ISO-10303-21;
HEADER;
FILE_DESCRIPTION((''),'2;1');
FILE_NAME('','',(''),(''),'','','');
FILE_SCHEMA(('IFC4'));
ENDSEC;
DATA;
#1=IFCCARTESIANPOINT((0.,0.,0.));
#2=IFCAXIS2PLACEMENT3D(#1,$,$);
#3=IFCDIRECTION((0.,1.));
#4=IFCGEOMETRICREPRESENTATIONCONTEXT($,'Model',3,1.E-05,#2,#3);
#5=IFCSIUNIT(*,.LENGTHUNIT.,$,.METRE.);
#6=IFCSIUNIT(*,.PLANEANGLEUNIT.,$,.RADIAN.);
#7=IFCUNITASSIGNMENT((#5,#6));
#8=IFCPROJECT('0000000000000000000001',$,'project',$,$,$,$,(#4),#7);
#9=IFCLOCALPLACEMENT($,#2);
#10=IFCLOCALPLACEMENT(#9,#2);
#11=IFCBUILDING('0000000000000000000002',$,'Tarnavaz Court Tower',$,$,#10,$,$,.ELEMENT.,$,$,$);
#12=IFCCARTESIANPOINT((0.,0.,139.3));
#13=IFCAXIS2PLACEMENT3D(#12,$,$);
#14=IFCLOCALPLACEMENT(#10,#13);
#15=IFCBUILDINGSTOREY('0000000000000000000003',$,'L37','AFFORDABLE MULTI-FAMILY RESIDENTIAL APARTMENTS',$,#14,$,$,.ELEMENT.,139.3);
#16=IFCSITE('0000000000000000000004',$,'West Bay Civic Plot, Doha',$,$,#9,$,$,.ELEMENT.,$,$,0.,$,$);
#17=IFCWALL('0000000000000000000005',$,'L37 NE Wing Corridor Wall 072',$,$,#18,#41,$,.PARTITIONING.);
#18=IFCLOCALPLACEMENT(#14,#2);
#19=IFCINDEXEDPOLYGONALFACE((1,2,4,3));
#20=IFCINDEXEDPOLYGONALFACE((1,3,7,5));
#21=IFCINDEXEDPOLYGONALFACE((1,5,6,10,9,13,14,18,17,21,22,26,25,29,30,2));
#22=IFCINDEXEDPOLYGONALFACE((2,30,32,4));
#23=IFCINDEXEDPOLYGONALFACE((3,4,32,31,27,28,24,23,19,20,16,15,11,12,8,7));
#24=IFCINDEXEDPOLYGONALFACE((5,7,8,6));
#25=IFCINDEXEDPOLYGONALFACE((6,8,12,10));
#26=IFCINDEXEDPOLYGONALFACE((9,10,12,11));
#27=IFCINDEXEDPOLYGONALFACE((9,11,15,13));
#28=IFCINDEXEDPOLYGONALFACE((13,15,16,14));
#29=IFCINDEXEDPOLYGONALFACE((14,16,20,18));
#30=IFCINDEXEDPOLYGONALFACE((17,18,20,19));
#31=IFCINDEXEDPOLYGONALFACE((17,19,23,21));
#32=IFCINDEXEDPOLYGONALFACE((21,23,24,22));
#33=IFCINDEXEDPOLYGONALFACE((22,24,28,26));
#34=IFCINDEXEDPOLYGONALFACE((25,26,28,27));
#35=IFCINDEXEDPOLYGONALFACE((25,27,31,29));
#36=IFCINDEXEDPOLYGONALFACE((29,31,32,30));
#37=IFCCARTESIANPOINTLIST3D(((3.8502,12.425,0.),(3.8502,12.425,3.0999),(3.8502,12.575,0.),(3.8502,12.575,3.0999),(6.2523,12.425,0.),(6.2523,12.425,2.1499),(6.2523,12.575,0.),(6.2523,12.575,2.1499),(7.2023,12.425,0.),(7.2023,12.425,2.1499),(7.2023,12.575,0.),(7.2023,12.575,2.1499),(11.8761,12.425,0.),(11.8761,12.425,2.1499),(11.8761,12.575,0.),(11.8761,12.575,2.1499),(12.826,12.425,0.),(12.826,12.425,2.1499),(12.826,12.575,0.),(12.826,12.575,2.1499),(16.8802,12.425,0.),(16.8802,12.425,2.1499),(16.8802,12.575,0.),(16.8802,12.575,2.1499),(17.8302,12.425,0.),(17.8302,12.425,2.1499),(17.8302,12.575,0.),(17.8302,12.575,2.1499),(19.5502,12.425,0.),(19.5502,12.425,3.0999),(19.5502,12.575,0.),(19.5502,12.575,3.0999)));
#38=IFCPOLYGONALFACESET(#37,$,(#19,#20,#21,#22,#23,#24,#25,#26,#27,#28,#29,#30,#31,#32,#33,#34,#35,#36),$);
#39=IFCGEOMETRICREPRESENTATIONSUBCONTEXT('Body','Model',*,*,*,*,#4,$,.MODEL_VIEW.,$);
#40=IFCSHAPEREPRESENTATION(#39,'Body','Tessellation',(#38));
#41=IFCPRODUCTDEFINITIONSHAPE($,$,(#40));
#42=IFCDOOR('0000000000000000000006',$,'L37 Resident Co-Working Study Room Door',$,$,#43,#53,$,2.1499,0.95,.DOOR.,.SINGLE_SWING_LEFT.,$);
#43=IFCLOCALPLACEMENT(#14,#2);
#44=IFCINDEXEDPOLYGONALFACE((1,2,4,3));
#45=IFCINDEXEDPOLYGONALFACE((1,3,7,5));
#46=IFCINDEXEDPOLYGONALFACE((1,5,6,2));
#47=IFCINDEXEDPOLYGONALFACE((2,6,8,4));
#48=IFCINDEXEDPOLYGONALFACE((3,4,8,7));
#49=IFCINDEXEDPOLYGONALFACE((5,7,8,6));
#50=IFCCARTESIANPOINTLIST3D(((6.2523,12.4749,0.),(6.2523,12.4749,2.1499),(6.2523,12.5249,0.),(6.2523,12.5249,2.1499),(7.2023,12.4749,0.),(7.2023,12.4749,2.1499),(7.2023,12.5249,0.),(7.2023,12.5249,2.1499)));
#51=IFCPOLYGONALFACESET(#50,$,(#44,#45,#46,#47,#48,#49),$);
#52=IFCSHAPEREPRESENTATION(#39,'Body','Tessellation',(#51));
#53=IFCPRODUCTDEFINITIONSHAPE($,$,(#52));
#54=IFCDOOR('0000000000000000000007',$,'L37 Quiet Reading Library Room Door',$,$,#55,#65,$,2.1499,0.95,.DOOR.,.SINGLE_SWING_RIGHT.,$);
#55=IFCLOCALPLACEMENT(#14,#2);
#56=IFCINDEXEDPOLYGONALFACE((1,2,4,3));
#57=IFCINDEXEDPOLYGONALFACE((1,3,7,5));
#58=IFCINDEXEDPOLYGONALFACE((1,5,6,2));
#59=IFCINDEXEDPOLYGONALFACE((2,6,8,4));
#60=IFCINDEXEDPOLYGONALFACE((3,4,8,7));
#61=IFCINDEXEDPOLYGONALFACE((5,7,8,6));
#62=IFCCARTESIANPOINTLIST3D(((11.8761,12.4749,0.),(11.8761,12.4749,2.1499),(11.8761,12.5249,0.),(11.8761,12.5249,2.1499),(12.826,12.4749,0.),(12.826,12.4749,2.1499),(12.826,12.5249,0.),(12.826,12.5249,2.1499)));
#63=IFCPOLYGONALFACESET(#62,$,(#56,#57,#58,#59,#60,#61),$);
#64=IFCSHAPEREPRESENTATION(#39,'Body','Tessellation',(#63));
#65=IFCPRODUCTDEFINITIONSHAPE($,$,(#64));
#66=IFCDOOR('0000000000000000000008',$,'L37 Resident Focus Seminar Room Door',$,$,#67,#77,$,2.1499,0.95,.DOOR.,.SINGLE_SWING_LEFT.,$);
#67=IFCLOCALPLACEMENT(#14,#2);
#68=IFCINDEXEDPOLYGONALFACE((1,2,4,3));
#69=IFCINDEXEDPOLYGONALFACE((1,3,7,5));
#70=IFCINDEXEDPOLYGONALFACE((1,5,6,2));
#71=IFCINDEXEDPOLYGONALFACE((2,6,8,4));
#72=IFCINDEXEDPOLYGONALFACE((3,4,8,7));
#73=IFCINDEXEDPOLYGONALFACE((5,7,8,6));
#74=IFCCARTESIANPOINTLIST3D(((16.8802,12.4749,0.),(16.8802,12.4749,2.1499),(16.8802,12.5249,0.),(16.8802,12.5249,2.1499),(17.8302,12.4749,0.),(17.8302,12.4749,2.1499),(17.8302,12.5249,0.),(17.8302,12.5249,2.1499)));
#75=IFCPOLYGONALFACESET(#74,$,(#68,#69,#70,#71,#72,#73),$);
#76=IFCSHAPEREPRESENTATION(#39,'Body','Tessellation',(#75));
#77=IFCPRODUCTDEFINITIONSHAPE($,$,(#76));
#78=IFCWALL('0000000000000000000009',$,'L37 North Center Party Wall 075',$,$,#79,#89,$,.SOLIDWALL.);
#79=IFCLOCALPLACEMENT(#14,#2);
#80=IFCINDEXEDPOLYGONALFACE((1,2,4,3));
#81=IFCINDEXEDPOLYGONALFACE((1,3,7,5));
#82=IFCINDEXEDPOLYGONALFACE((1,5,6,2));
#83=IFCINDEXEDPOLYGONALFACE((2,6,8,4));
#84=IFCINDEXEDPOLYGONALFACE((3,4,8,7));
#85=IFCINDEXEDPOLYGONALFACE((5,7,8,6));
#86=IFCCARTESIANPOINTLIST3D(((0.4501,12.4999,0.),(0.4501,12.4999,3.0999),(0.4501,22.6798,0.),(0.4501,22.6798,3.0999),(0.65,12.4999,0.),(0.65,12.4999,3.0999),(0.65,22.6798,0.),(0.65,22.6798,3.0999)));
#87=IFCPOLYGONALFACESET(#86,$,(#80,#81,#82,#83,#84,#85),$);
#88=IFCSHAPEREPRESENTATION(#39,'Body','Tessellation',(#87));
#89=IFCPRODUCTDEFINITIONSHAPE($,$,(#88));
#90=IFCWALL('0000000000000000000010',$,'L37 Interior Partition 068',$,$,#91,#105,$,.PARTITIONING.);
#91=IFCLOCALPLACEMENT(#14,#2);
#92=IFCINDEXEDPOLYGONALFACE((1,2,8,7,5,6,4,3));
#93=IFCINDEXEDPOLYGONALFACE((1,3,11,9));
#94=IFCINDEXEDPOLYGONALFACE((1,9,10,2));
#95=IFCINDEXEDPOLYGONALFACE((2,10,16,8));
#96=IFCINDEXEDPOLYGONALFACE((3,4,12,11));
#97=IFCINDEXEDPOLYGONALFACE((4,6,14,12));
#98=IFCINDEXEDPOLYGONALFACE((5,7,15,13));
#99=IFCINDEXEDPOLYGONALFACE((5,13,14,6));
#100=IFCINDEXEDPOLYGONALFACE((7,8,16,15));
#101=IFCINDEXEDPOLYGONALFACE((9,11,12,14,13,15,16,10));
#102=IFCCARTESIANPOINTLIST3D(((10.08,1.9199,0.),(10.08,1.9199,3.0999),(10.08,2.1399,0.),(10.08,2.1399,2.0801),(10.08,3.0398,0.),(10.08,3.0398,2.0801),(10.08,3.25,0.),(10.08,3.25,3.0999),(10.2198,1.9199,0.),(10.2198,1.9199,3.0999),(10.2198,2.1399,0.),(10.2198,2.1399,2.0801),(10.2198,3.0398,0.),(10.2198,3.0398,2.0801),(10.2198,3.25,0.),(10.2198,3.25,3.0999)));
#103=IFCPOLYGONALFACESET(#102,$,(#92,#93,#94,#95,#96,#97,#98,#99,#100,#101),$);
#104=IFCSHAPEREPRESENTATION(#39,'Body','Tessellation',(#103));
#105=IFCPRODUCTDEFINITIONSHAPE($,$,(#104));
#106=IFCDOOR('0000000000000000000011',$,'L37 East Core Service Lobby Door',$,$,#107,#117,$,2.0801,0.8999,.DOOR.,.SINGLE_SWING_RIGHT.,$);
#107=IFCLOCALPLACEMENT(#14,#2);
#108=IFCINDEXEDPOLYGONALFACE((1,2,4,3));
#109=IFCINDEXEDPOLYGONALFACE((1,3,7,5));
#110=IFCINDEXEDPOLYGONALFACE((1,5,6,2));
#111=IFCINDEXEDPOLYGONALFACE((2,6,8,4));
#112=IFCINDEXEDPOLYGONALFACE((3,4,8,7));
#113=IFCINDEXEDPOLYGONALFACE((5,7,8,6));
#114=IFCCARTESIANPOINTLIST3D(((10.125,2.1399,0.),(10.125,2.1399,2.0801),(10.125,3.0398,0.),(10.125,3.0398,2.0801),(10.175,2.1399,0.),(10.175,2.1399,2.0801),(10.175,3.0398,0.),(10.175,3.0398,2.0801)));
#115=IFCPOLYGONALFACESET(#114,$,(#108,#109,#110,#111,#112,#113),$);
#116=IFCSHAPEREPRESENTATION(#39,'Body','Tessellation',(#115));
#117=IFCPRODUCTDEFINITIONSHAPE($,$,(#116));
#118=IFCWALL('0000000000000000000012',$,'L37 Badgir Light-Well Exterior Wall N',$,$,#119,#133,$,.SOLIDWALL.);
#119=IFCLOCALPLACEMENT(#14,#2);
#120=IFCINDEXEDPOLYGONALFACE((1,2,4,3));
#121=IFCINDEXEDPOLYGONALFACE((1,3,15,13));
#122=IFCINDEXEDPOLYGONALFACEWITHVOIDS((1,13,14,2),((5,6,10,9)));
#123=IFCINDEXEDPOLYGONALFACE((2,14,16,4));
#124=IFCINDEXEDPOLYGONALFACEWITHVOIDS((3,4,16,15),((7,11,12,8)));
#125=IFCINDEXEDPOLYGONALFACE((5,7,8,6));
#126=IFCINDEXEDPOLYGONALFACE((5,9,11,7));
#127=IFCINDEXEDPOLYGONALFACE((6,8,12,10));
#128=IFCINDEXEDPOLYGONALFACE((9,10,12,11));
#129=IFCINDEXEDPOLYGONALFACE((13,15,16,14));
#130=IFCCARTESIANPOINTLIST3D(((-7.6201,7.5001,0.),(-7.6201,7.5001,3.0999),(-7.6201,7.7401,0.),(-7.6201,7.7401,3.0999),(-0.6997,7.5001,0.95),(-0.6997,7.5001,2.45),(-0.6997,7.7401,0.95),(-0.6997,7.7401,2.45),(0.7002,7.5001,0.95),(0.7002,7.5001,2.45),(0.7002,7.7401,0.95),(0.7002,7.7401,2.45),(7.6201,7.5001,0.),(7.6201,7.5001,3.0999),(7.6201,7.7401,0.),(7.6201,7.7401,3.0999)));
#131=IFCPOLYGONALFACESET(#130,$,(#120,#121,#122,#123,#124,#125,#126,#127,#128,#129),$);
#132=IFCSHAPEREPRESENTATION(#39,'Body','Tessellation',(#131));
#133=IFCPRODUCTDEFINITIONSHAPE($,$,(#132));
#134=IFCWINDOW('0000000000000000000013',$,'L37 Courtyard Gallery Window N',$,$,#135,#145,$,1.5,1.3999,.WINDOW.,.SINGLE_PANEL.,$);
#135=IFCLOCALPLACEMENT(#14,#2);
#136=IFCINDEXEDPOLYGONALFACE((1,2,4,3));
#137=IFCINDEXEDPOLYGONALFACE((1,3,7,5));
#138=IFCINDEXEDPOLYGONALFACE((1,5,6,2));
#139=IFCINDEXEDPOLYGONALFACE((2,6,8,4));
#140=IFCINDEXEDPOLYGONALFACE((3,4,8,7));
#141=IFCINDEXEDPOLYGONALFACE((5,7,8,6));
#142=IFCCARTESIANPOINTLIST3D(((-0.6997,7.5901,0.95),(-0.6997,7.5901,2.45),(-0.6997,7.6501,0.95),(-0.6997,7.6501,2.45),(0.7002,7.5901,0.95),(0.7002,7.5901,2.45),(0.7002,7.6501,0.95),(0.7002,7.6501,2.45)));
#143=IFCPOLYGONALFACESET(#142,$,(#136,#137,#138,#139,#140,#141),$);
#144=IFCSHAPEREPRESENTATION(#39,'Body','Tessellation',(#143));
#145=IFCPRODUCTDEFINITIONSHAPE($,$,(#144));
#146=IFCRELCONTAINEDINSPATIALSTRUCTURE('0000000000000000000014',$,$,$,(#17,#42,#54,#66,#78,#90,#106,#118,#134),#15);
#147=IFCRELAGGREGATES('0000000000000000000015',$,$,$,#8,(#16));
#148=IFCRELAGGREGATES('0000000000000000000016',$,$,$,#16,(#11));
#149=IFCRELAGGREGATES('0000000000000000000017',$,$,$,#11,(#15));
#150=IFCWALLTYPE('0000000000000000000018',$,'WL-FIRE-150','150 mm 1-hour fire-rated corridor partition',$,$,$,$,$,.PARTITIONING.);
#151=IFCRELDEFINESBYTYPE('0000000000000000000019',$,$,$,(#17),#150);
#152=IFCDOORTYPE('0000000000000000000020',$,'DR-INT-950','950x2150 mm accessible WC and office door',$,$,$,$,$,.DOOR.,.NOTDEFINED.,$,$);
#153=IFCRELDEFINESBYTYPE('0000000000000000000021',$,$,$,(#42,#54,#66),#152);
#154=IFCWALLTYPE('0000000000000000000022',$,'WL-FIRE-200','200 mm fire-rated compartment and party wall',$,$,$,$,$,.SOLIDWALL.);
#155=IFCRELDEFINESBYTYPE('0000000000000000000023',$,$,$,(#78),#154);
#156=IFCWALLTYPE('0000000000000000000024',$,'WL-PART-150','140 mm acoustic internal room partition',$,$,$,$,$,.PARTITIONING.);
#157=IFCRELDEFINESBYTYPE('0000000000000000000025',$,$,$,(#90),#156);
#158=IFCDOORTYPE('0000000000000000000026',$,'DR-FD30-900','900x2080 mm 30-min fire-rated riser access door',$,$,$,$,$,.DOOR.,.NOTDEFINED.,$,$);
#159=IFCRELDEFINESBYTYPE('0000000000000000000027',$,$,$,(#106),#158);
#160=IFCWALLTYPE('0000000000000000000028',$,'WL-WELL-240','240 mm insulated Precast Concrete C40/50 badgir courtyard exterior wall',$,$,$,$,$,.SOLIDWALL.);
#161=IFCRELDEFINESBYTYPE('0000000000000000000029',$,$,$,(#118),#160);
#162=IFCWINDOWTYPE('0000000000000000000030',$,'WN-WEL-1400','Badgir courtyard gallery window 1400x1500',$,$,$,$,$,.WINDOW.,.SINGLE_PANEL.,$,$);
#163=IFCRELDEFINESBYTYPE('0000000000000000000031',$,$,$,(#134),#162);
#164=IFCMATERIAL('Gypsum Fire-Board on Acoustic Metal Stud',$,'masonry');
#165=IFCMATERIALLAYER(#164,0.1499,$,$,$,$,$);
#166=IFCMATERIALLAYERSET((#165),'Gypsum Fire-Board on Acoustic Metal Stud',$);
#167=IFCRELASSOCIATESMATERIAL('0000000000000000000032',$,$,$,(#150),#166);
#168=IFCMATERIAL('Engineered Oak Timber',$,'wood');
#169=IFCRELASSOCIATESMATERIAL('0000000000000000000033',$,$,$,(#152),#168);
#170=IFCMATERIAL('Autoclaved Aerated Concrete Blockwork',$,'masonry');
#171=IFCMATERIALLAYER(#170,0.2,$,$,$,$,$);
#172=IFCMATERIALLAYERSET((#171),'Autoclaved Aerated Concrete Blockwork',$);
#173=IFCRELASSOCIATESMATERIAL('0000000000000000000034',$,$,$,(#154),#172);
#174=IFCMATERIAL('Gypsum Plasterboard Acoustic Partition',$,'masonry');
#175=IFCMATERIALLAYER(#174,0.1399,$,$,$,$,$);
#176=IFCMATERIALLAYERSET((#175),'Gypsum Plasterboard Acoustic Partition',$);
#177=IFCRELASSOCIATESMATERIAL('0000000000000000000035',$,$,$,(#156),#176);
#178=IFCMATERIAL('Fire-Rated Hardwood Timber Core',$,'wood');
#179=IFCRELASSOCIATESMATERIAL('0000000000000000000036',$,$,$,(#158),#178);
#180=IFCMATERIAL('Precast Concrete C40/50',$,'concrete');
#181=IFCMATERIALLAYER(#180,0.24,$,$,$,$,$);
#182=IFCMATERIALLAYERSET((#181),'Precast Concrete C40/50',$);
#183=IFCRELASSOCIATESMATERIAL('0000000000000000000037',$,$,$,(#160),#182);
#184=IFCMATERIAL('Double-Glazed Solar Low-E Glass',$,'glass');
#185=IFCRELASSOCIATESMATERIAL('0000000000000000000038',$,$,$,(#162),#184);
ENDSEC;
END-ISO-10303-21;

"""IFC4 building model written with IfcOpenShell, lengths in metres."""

from ifc_helpers import new_model, si_unit, direction, frame, frame_2d, origin, place, context, subcontext, project, spatial, rectangle, extrude, material, layer, layer_set, type_object, element, fill, save


model = new_model("IFC4")

# Units and contexts
model_context = context("Model", 3, precision=1e-05, world=origin(), true_north=direction((0.0, 1.0)))
body_context = subcontext(model_context, "Body", "Model", "MODEL_VIEW")
ifc_project = project(units=[si_unit("LENGTHUNIT", "METRE"), si_unit("PLANEANGLEUNIT", "RADIAN")], contexts=[model_context])

# Site, building, storey
site_placement = place(None, origin())
site = spatial("IfcSite", under=ifc_project, at=site_placement, Name="West Bay Civic Plot, Doha", CompositionType="ELEMENT", RefElevation=0.0)
building_placement = place(site_placement, origin())
building = spatial("IfcBuilding", under=site, at=building_placement, Name="Tarnavaz Court Tower", CompositionType="ELEMENT")
storey_placement = place(building_placement, frame((0.0, 0.0, 139.3)))
storey = spatial("IfcBuildingStorey", under=building, at=storey_placement, Name="L37", Description="AFFORDABLE MULTI-FAMILY RESIDENTIAL APARTMENTS", CompositionType="ELEMENT", Elevation=139.3)

# Shared definitions
ifc_material_1 = material(Name="Fire-Rated Hardwood Timber Core", Category="wood")

# Wall, openings, doors
ifc_material_2 = material(Name="Gypsum Fire-Board on Acoustic Metal Stud", Category="masonry")
ifc_layer_1 = layer(ifc_material_2, 0.1499)
ifc_layer_set_1 = layer_set([ifc_layer_1], Name="Gypsum Fire-Board on Acoustic Metal Stud")
wall_type_1 = type_object("IfcWallType", Name="WL-FIRE-150", Description="150 mm 1-hour fire-rated corridor partition", PredefinedType="PARTITIONING", material=ifc_layer_set_1)
wall_1_placement = place(storey_placement, frame((3.8501, 12.5, 0.0), z_axis=(0.0, 0.0, 1.0), x_axis=(1.0, 0.0, 0.0)))
wall_1 = element("IfcWall", 1, at=wall_1_placement, inside=storey, type_object=wall_type_1, Name="L37 NE Wing Corridor Wall 072", PredefinedType="PARTITIONING", context=body_context, shape_type="SweptSolid", body=[
    extrude(rectangle(XDim=15.7, YDim=0.1499, at=frame_2d((7.8501, 0.0))), origin(), (0.0, 0.0, 1.0), 3.0999),
])
opening_1_placement = place(wall_1_placement, frame((2.4021, 0.0, 0.0)))
opening_1 = element("IfcOpeningElement", 2, at=opening_1_placement, cuts=wall_1, PredefinedType="OPENING", context=body_context, shape_type="SweptSolid", body=[
    extrude(rectangle(XDim=0.95, YDim=2.1499, at=frame_2d((0.4751, 1.075))), frame((0.0, 0.085, 0.0), z_axis=(0.0, -1.0, 0.0), x_axis=(1.0, 0.0, 0.0)), (0.0, 0.0, 1.0), 0.1699),
])
opening_2_placement = place(wall_1_placement, frame((8.0259, 0.0, 0.0)))
opening_2 = element("IfcOpeningElement", 3, at=opening_2_placement, cuts=wall_1, PredefinedType="OPENING", context=body_context, shape_type="SweptSolid", body=[
    extrude(rectangle(XDim=0.95, YDim=2.1499, at=frame_2d((0.4751, 1.075))), frame((0.0, 0.085, 0.0), z_axis=(0.0, -1.0, 0.0), x_axis=(1.0, 0.0, 0.0)), (0.0, 0.0, 1.0), 0.1699),
])
opening_3_placement = place(wall_1_placement, frame((13.03, 0.0, 0.0)))
opening_3 = element("IfcOpeningElement", 4, at=opening_3_placement, cuts=wall_1, PredefinedType="OPENING", context=body_context, shape_type="SweptSolid", body=[
    extrude(rectangle(XDim=0.95, YDim=2.1499, at=frame_2d((0.4751, 1.075))), frame((0.0, 0.085, 0.0), z_axis=(0.0, -1.0, 0.0), x_axis=(1.0, 0.0, 0.0)), (0.0, 0.0, 1.0), 0.1699),
])
ifc_material_3 = material(Name="Engineered Oak Timber", Category="wood")
door_type_1 = type_object("IfcDoorType", Name="DR-INT-950", Description="950x2150 mm accessible WC and office door", OperationType="NOTDEFINED", PredefinedType="DOOR", material=ifc_material_3)
door_1_placement = place(opening_1_placement, origin())
door_1 = element("IfcDoor", 5, at=door_1_placement, inside=storey, type_object=door_type_1, Name="L37 Resident Co-Working Study Room Door", OperationType="SINGLE_SWING_LEFT", OverallHeight=2.1499, OverallWidth=0.95, PredefinedType="DOOR", context=body_context, shape_type="SweptSolid", body=[
    extrude(rectangle(XDim=0.95, YDim=2.1499, at=frame_2d((0.4751, 1.075))), frame((0.0, 0.0249, 0.0), z_axis=(0.0, -1.0, 0.0), x_axis=(1.0, 0.0, 0.0)), (0.0, 0.0, 1.0), 0.05),
])
fill(opening_1, door_1)
door_2_placement = place(opening_2_placement, origin())
door_2 = element("IfcDoor", 6, at=door_2_placement, inside=storey, type_object=door_type_1, Name="L37 Quiet Reading Library Room Door", OperationType="SINGLE_SWING_RIGHT", OverallHeight=2.1499, OverallWidth=0.95, PredefinedType="DOOR", context=body_context, shape_type="SweptSolid", body=[
    extrude(rectangle(XDim=0.95, YDim=2.1499, at=frame_2d((0.4751, 1.075))), frame((0.0, 0.0249, 0.0), z_axis=(0.0, -1.0, 0.0), x_axis=(1.0, 0.0, 0.0)), (0.0, 0.0, 1.0), 0.05),
])
fill(opening_2, door_2)
door_3_placement = place(opening_3_placement, origin())
door_3 = element("IfcDoor", 7, at=door_3_placement, inside=storey, type_object=door_type_1, Name="L37 Resident Focus Seminar Room Door", OperationType="SINGLE_SWING_LEFT", OverallHeight=2.1499, OverallWidth=0.95, PredefinedType="DOOR", context=body_context, shape_type="SweptSolid", body=[
    extrude(rectangle(XDim=0.95, YDim=2.1499, at=frame_2d((0.4751, 1.075))), frame((0.0, 0.0249, 0.0), z_axis=(0.0, -1.0, 0.0), x_axis=(1.0, 0.0, 0.0)), (0.0, 0.0, 1.0), 0.05),
])
fill(opening_3, door_3)

# Wall
ifc_material_4 = material(Name="Autoclaved Aerated Concrete Blockwork", Category="masonry")
ifc_layer_2 = layer(ifc_material_4, 0.2)
ifc_layer_set_2 = layer_set([ifc_layer_2], Name="Autoclaved Aerated Concrete Blockwork")
wall_type_2 = type_object("IfcWallType", Name="WL-FIRE-200", Description="200 mm fire-rated compartment and party wall", PredefinedType="SOLIDWALL", material=ifc_layer_set_2)
wall_2_placement = place(storey_placement, frame((0.55, 12.5, 0.0), z_axis=(0.0, 0.0, 1.0), x_axis=(0.0, 1.0, 0.0)))
element("IfcWall", 8, at=wall_2_placement, inside=storey, type_object=wall_type_2, Name="L37 North Center Party Wall 075", PredefinedType="SOLIDWALL", context=body_context, shape_type="SweptSolid", body=[
    extrude(rectangle(XDim=10.1799, YDim=0.2, at=frame_2d((5.0898, 0.0))), origin(), (0.0, 0.0, 1.0), 3.0999),
])

# Wall, opening, door
ifc_material_5 = material(Name="Gypsum Plasterboard Acoustic Partition", Category="masonry")
ifc_layer_3 = layer(ifc_material_5, 0.1399)
ifc_layer_set_3 = layer_set([ifc_layer_3], Name="Gypsum Plasterboard Acoustic Partition")
wall_type_3 = type_object("IfcWallType", Name="WL-PART-150", Description="140 mm acoustic internal room partition", PredefinedType="PARTITIONING", material=ifc_layer_set_3)
wall_3_placement = place(storey_placement, frame((10.1499, 1.9199, 0.0), z_axis=(0.0, 0.0, 1.0), x_axis=(0.0, 1.0, 0.0)))
wall_3 = element("IfcWall", 9, at=wall_3_placement, inside=storey, type_object=wall_type_3, Name="L37 Interior Partition 068", PredefinedType="PARTITIONING", context=body_context, shape_type="SweptSolid", body=[
    extrude(rectangle(XDim=1.3301, YDim=0.1399, at=frame_2d((0.665, 0.0))), origin(), (0.0, 0.0, 1.0), 3.0999),
])
opening_4_placement = place(wall_3_placement, frame((0.22, 0.0, 0.0)))
opening_4 = element("IfcOpeningElement", 10, at=opening_4_placement, cuts=wall_3, PredefinedType="OPENING", context=body_context, shape_type="SweptSolid", body=[
    extrude(rectangle(XDim=0.8999, YDim=2.0801, at=frame_2d((0.45, 1.04))), frame((0.0, 0.0798, 0.0), z_axis=(0.0, -1.0, 0.0), x_axis=(1.0, 0.0, 0.0)), (0.0, 0.0, 1.0), 0.1599),
])
door_type_2 = type_object("IfcDoorType", Name="DR-FD30-900", Description="900x2080 mm 30-min fire-rated riser access door", OperationType="NOTDEFINED", PredefinedType="DOOR", material=ifc_material_1)
door_4_placement = place(opening_4_placement, origin())
door_4 = element("IfcDoor", 11, at=door_4_placement, inside=storey, type_object=door_type_2, Name="L37 East Core Service Lobby Door", OperationType="SINGLE_SWING_RIGHT", OverallHeight=2.0801, OverallWidth=0.8999, PredefinedType="DOOR", context=body_context, shape_type="SweptSolid", body=[
    extrude(rectangle(XDim=0.8999, YDim=2.0801, at=frame_2d((0.45, 1.04))), frame((0.0, 0.0249, 0.0), z_axis=(0.0, -1.0, 0.0), x_axis=(1.0, 0.0, 0.0)), (0.0, 0.0, 1.0), 0.05),
])
fill(opening_4, door_4)

# Wall, opening, window
ifc_material_6 = material(Name="Precast Concrete C40/50", Category="concrete")
ifc_layer_4 = layer(ifc_material_6, 0.24)
ifc_layer_set_4 = layer_set([ifc_layer_4], Name="Precast Concrete C40/50")
wall_type_4 = type_object("IfcWallType", Name="WL-WELL-240", Description="240 mm insulated Precast Concrete C40/50 badgir courtyard exterior wall", PredefinedType="SOLIDWALL", material=ifc_layer_set_4)
wall_4_placement = place(storey_placement, frame((7.6201, 7.6201, 0.0), z_axis=(0.0, 0.0, 1.0), x_axis=(-1.0, 0.0, 0.0)))
wall_4 = element("IfcWall", 12, at=wall_4_placement, inside=storey, type_object=wall_type_4, Name="L37 Badgir Light-Well Exterior Wall N", PredefinedType="SOLIDWALL", context=body_context, shape_type="SweptSolid", body=[
    extrude(rectangle(XDim=15.2402, YDim=0.24, at=frame_2d((7.6201, 0.0))), origin(), (0.0, 0.0, 1.0), 3.0999),
])
opening_5_placement = place(wall_4_placement, frame((6.9199, 0.0, 0.95)))
opening_5 = element("IfcOpeningElement", 13, at=opening_5_placement, cuts=wall_4, PredefinedType="OPENING", context=body_context, shape_type="SweptSolid", body=[
    extrude(rectangle(XDim=1.3999, YDim=1.5, at=frame_2d((0.7, 0.75))), frame((0.0, 0.1299, 0.0), z_axis=(0.0, -1.0, 0.0), x_axis=(1.0, 0.0, 0.0)), (0.0, 0.0, 1.0), 0.26),
])
ifc_material_7 = material(Name="Double-Glazed Solar Low-E Glass", Category="glass")
window_type = type_object("IfcWindowType", Name="WN-WEL-1400", Description="Badgir courtyard gallery window 1400x1500", PartitioningType="SINGLE_PANEL", PredefinedType="WINDOW", material=ifc_material_7)
window_placement = place(opening_5_placement, origin())
window = element("IfcWindow", 14, at=window_placement, inside=storey, type_object=window_type, Name="L37 Courtyard Gallery Window N", OverallHeight=1.5, OverallWidth=1.3999, PartitioningType="SINGLE_PANEL", PredefinedType="WINDOW", context=body_context, shape_type="SweptSolid", body=[
    extrude(rectangle(XDim=1.3999, YDim=1.5, at=frame_2d((0.7, 0.75))), frame((0.0, 0.03, 0.0), z_axis=(0.0, -1.0, 0.0), x_axis=(1.0, 0.0, 0.0)), (0.0, 0.0, 1.0), 0.0601),
])
fill(opening_5, window)

save(model, "model.ifc")
